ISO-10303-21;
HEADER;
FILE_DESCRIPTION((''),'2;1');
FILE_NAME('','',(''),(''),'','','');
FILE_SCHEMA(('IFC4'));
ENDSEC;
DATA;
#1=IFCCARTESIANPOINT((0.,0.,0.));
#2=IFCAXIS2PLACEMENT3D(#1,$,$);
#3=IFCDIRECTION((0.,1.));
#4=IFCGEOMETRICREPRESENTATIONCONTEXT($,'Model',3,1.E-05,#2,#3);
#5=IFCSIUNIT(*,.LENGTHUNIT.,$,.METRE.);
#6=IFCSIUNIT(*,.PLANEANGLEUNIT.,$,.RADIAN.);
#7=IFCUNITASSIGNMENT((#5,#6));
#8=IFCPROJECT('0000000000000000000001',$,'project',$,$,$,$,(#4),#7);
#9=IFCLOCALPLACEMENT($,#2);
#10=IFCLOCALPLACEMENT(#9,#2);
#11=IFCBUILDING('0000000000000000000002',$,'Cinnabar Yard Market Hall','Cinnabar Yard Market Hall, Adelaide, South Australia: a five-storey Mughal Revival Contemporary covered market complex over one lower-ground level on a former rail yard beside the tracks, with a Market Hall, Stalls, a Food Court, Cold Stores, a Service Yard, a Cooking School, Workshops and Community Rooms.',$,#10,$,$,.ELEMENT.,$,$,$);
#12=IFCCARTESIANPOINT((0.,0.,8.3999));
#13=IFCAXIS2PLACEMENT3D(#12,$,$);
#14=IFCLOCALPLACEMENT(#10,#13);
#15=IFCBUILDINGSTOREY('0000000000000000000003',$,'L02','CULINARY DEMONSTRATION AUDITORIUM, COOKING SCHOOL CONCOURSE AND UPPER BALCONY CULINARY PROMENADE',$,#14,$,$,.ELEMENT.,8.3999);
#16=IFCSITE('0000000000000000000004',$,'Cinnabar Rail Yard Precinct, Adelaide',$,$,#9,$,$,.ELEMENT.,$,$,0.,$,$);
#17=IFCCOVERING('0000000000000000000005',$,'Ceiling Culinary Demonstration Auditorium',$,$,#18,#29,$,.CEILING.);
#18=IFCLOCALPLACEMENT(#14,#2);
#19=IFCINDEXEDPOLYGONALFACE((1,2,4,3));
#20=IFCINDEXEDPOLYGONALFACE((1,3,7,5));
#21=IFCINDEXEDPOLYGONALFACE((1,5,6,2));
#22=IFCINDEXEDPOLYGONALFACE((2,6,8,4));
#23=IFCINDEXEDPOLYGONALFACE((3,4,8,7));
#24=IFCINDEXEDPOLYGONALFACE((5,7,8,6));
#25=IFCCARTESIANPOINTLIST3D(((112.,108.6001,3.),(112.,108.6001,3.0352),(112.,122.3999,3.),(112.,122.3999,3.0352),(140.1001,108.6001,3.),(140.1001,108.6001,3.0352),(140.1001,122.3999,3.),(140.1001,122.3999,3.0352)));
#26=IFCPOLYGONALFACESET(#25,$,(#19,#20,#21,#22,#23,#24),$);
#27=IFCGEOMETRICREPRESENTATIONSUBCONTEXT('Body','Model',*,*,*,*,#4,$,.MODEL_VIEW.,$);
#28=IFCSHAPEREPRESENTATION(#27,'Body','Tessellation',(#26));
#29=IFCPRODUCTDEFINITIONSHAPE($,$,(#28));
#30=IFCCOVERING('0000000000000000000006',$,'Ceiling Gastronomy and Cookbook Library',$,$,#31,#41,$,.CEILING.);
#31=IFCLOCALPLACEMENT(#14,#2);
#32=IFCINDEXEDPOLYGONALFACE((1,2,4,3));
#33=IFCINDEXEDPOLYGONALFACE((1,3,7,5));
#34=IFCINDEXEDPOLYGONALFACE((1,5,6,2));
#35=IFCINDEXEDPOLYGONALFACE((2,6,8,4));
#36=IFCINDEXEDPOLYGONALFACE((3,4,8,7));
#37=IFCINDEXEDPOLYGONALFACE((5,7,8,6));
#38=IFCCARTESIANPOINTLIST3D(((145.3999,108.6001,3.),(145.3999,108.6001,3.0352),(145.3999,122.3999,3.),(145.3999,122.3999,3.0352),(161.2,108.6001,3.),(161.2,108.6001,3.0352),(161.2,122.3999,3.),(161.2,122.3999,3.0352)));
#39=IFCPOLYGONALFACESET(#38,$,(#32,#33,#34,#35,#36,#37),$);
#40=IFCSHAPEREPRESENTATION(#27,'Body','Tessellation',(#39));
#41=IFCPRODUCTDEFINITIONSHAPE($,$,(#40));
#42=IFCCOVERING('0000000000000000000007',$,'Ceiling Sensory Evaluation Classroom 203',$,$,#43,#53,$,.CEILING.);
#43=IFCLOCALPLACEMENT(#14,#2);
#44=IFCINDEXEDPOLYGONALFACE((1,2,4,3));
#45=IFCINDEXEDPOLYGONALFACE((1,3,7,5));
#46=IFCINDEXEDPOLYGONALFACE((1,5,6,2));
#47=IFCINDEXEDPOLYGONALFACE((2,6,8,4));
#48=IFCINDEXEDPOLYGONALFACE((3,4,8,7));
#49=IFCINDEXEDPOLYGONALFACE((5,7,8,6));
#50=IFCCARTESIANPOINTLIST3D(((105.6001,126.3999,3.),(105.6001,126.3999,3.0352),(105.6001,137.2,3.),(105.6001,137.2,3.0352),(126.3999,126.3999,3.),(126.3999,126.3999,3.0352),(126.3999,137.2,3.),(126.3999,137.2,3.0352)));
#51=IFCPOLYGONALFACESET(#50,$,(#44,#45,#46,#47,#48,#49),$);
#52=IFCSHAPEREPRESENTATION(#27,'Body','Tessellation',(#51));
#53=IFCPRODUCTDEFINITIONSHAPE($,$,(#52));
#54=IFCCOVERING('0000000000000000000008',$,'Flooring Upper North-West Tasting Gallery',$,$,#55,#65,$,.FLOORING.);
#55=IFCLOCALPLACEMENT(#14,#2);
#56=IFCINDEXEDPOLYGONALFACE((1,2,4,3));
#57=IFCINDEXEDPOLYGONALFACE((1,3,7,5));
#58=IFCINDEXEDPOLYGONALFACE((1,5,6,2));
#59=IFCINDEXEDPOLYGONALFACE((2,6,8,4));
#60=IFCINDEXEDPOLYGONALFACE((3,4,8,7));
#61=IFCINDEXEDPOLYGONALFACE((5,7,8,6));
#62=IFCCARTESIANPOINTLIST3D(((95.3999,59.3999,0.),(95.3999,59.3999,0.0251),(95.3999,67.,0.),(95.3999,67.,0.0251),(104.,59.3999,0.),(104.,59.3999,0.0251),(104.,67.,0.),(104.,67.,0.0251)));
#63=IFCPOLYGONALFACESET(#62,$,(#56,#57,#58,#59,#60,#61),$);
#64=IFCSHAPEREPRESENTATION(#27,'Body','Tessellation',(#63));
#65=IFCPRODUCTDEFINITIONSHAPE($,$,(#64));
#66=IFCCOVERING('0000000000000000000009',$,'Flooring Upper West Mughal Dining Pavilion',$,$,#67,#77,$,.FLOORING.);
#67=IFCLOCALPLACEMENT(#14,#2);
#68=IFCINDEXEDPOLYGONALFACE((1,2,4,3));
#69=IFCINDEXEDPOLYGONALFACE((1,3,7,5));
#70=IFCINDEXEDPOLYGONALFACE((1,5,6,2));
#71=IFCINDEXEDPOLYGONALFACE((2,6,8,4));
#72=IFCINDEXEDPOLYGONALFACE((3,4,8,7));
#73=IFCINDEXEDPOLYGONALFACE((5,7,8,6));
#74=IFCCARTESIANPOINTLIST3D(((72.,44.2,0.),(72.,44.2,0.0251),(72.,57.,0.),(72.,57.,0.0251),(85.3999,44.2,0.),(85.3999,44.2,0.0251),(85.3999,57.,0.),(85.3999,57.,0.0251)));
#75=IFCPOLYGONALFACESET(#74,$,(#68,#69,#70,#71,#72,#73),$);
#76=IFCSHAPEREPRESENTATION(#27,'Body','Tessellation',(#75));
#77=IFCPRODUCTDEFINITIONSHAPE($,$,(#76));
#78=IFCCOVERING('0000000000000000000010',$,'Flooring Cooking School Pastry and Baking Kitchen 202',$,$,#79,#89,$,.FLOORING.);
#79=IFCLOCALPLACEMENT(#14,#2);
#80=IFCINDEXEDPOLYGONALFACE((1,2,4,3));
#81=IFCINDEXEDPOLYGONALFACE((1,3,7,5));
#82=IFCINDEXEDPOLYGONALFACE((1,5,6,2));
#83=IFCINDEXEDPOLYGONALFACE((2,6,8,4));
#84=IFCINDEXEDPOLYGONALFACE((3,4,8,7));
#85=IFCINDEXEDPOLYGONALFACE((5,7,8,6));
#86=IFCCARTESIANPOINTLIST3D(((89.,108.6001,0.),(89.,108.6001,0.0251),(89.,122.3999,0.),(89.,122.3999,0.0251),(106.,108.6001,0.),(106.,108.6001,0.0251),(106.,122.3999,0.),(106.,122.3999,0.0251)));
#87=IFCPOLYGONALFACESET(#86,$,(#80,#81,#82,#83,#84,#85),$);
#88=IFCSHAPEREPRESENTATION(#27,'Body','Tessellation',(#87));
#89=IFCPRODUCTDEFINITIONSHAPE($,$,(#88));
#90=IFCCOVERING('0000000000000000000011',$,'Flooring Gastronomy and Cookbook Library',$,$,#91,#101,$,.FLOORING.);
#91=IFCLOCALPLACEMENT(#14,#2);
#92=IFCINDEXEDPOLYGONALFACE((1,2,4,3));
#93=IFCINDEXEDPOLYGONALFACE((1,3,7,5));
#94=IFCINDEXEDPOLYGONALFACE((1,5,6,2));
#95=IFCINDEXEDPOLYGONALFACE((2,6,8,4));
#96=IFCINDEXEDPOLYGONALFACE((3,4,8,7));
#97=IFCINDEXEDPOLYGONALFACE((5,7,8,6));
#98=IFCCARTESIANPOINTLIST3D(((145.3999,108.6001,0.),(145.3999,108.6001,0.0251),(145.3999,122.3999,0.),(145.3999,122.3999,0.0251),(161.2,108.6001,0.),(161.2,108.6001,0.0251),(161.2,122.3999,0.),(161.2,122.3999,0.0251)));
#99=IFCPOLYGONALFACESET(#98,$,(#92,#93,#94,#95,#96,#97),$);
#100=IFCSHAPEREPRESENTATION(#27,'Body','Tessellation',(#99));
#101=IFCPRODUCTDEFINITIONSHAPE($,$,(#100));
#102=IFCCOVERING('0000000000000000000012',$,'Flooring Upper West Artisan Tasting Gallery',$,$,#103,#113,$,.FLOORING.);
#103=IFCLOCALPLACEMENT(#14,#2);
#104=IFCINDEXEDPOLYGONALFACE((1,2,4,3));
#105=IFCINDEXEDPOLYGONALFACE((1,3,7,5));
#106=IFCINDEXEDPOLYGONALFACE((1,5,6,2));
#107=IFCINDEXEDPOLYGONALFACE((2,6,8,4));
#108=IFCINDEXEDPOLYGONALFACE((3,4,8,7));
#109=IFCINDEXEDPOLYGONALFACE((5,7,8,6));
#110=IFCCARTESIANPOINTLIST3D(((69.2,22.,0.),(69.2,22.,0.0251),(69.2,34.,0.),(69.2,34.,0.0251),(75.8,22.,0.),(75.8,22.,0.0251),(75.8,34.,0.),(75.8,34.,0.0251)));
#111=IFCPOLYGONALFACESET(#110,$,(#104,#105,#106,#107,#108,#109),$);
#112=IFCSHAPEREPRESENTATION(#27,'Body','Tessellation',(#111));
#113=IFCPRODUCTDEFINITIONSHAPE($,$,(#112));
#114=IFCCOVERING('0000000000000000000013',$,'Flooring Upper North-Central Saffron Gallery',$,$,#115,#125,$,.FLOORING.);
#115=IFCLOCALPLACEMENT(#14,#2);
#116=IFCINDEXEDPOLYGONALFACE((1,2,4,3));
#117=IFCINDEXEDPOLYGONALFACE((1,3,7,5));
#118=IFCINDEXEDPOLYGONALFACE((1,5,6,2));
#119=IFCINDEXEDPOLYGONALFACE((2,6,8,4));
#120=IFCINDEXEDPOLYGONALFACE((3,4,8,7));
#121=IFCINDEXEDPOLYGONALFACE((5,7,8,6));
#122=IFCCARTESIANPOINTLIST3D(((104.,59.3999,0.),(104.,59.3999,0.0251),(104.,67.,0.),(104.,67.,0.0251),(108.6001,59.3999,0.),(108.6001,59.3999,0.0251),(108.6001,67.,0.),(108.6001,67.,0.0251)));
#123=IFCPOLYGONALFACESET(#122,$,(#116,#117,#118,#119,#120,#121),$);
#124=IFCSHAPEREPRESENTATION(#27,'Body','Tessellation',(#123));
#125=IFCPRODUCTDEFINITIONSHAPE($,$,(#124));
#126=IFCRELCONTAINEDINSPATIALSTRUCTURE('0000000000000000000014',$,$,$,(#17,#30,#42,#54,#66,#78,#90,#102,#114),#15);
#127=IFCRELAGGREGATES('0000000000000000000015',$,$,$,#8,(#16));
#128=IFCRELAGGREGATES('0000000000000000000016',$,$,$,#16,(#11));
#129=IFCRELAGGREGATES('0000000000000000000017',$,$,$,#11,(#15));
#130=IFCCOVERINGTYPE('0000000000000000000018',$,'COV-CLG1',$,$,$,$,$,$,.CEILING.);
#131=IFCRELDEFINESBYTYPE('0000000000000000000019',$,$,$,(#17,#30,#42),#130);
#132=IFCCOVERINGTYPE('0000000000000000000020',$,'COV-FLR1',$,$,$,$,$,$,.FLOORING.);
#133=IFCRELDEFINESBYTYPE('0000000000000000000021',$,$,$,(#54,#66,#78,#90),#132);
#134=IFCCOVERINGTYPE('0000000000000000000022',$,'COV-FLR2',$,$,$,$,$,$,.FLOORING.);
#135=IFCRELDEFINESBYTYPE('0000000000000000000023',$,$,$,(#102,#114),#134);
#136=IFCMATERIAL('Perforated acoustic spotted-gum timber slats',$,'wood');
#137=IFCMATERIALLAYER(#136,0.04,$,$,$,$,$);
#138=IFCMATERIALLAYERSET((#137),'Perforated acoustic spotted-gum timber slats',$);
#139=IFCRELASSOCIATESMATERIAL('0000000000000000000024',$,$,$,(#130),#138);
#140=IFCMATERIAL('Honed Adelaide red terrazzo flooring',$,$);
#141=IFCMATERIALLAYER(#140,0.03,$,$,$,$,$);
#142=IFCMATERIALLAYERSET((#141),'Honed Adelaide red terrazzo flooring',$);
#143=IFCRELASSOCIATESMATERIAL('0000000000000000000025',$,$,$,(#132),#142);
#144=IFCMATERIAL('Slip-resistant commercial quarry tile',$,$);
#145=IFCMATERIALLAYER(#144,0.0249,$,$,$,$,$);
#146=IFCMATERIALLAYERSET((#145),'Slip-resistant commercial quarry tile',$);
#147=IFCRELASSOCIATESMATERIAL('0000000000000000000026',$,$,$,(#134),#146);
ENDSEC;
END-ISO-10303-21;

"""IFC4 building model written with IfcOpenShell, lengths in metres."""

from ifc_helpers import new_model, si_unit, direction, frame, origin, place, context, subcontext, project, spatial, polyline, outline, extrude, material, layer, layer_set, type_object, element, save


model = new_model("IFC4")

# Units and contexts
model_context = context("Model", 3, precision=1e-05, world=origin(), true_north=direction((0.0, 1.0)))
body_context = subcontext(model_context, "Body", "Model", "MODEL_VIEW")
ifc_project = project(units=[si_unit("LENGTHUNIT", "METRE"), si_unit("PLANEANGLEUNIT", "RADIAN")], contexts=[model_context])

# Site, building, storey
site_placement = place(None, origin())
site = spatial("IfcSite", under=ifc_project, at=site_placement, Name="Cinnabar Rail Yard Precinct, Adelaide", CompositionType="ELEMENT", RefElevation=0.0)
building_placement = place(site_placement, origin())
building = spatial("IfcBuilding", under=site, at=building_placement, Name="Cinnabar Yard Market Hall", Description="Cinnabar Yard Market Hall, Adelaide, South Australia: a five-storey Mughal Revival Contemporary covered market complex over one lower-ground level on a former rail yard beside the tracks, with a Market Hall, Stalls, a Food Court, Cold Stores, a Service Yard, a Cooking School, Workshops and Community Rooms.", CompositionType="ELEMENT")
storey_placement = place(building_placement, frame((0.0, 0.0, 8.3999)))
storey = spatial("IfcBuildingStorey", under=building, at=storey_placement, Name="L02", Description="CULINARY DEMONSTRATION AUDITORIUM, COOKING SCHOOL CONCOURSE AND UPPER BALCONY CULINARY PROMENADE", CompositionType="ELEMENT", Elevation=8.3999)

# Coverings
ifc_material_1 = material(Name="Perforated acoustic spotted-gum timber slats", Category="wood")
ifc_layer_1 = layer(ifc_material_1, 0.04)
ifc_layer_set_1 = layer_set([ifc_layer_1], Name="Perforated acoustic spotted-gum timber slats")
covering_type_1 = type_object("IfcCoveringType", Name="COV-CLG1", PredefinedType="CEILING", material=ifc_layer_set_1)
covering_1_placement = place(storey_placement, frame((0.0, 0.0, 3.0)))
element("IfcCovering", 1, at=covering_1_placement, inside=storey, type_object=covering_type_1, Name="Ceiling Culinary Demonstration Auditorium", PredefinedType="CEILING", context=body_context, shape_type="SweptSolid", body=[
    extrude(outline(polyline([(112.0, 108.6001), (140.1001, 108.6001), (140.1001, 122.3999), (112.0, 122.3999), (112.0, 108.6001)])), origin(), (0.0, 0.0, 1.0), 0.0352),
])
covering_2_placement = place(storey_placement, frame((0.0, 0.0, 3.0)))
element("IfcCovering", 2, at=covering_2_placement, inside=storey, type_object=covering_type_1, Name="Ceiling Gastronomy and Cookbook Library", PredefinedType="CEILING", context=body_context, shape_type="SweptSolid", body=[
    extrude(outline(polyline([(145.3999, 108.6001), (161.2, 108.6001), (161.2, 122.3999), (145.3999, 122.3999), (145.3999, 108.6001)])), origin(), (0.0, 0.0, 1.0), 0.0352),
])
covering_3_placement = place(storey_placement, frame((0.0, 0.0, 3.0)))
element("IfcCovering", 3, at=covering_3_placement, inside=storey, type_object=covering_type_1, Name="Ceiling Sensory Evaluation Classroom 203", PredefinedType="CEILING", context=body_context, shape_type="SweptSolid", body=[
    extrude(outline(polyline([(105.6001, 126.3999), (126.3999, 126.3999), (126.3999, 137.2), (105.6001, 137.2), (105.6001, 126.3999)])), origin(), (0.0, 0.0, 1.0), 0.0352),
])
ifc_material_2 = material(Name="Honed Adelaide red terrazzo flooring")
ifc_layer_2 = layer(ifc_material_2, 0.03)
ifc_layer_set_2 = layer_set([ifc_layer_2], Name="Honed Adelaide red terrazzo flooring")
covering_type_2 = type_object("IfcCoveringType", Name="COV-FLR1", PredefinedType="FLOORING", material=ifc_layer_set_2)
covering_4_placement = place(storey_placement, origin())
element("IfcCovering", 4, at=covering_4_placement, inside=storey, type_object=covering_type_2, Name="Flooring Upper North-West Tasting Gallery", PredefinedType="FLOORING", context=body_context, shape_type="SweptSolid", body=[
    extrude(outline(polyline([(95.3999, 59.3999), (104.0, 59.3999), (104.0, 67.0), (95.3999, 67.0), (95.3999, 59.3999)])), origin(), (0.0, 0.0, 1.0), 0.0251),
])
covering_5_placement = place(storey_placement, origin())
element("IfcCovering", 5, at=covering_5_placement, inside=storey, type_object=covering_type_2, Name="Flooring Upper West Mughal Dining Pavilion", PredefinedType="FLOORING", context=body_context, shape_type="SweptSolid", body=[
    extrude(outline(polyline([(72.0, 44.2), (85.3999, 44.2), (85.3999, 57.0), (72.0, 57.0), (72.0, 44.2)])), origin(), (0.0, 0.0, 1.0), 0.0251),
])
covering_6_placement = place(storey_placement, origin())
element("IfcCovering", 6, at=covering_6_placement, inside=storey, type_object=covering_type_2, Name="Flooring Cooking School Pastry and Baking Kitchen 202", PredefinedType="FLOORING", context=body_context, shape_type="SweptSolid", body=[
    extrude(outline(polyline([(89.0, 108.6001), (106.0, 108.6001), (106.0, 122.3999), (89.0, 122.3999), (89.0, 108.6001)])), origin(), (0.0, 0.0, 1.0), 0.0251),
])
covering_7_placement = place(storey_placement, origin())
element("IfcCovering", 7, at=covering_7_placement, inside=storey, type_object=covering_type_2, Name="Flooring Gastronomy and Cookbook Library", PredefinedType="FLOORING", context=body_context, shape_type="SweptSolid", body=[
    extrude(outline(polyline([(145.3999, 108.6001), (161.2, 108.6001), (161.2, 122.3999), (145.3999, 122.3999), (145.3999, 108.6001)])), origin(), (0.0, 0.0, 1.0), 0.0251),
])
ifc_material_3 = material(Name="Slip-resistant commercial quarry tile")
ifc_layer_3 = layer(ifc_material_3, 0.0249)
ifc_layer_set_3 = layer_set([ifc_layer_3], Name="Slip-resistant commercial quarry tile")
covering_type_3 = type_object("IfcCoveringType", Name="COV-FLR2", PredefinedType="FLOORING", material=ifc_layer_set_3)
covering_8_placement = place(storey_placement, origin())
element("IfcCovering", 8, at=covering_8_placement, inside=storey, type_object=covering_type_3, Name="Flooring Upper West Artisan Tasting Gallery", PredefinedType="FLOORING", context=body_context, shape_type="SweptSolid", body=[
    extrude(outline(polyline([(69.2, 22.0), (75.8, 22.0), (75.8, 34.0), (69.2, 34.0), (69.2, 22.0)])), origin(), (0.0, 0.0, 1.0), 0.0251),
])
covering_9_placement = place(storey_placement, origin())
element("IfcCovering", 9, at=covering_9_placement, inside=storey, type_object=covering_type_3, Name="Flooring Upper North-Central Saffron Gallery", PredefinedType="FLOORING", context=body_context, shape_type="SweptSolid", body=[
    extrude(outline(polyline([(104.0, 59.3999), (108.6001, 59.3999), (108.6001, 67.0), (104.0, 67.0), (104.0, 59.3999)])), origin(), (0.0, 0.0, 1.0), 0.0251),
])

save(model, "model.ifc")
